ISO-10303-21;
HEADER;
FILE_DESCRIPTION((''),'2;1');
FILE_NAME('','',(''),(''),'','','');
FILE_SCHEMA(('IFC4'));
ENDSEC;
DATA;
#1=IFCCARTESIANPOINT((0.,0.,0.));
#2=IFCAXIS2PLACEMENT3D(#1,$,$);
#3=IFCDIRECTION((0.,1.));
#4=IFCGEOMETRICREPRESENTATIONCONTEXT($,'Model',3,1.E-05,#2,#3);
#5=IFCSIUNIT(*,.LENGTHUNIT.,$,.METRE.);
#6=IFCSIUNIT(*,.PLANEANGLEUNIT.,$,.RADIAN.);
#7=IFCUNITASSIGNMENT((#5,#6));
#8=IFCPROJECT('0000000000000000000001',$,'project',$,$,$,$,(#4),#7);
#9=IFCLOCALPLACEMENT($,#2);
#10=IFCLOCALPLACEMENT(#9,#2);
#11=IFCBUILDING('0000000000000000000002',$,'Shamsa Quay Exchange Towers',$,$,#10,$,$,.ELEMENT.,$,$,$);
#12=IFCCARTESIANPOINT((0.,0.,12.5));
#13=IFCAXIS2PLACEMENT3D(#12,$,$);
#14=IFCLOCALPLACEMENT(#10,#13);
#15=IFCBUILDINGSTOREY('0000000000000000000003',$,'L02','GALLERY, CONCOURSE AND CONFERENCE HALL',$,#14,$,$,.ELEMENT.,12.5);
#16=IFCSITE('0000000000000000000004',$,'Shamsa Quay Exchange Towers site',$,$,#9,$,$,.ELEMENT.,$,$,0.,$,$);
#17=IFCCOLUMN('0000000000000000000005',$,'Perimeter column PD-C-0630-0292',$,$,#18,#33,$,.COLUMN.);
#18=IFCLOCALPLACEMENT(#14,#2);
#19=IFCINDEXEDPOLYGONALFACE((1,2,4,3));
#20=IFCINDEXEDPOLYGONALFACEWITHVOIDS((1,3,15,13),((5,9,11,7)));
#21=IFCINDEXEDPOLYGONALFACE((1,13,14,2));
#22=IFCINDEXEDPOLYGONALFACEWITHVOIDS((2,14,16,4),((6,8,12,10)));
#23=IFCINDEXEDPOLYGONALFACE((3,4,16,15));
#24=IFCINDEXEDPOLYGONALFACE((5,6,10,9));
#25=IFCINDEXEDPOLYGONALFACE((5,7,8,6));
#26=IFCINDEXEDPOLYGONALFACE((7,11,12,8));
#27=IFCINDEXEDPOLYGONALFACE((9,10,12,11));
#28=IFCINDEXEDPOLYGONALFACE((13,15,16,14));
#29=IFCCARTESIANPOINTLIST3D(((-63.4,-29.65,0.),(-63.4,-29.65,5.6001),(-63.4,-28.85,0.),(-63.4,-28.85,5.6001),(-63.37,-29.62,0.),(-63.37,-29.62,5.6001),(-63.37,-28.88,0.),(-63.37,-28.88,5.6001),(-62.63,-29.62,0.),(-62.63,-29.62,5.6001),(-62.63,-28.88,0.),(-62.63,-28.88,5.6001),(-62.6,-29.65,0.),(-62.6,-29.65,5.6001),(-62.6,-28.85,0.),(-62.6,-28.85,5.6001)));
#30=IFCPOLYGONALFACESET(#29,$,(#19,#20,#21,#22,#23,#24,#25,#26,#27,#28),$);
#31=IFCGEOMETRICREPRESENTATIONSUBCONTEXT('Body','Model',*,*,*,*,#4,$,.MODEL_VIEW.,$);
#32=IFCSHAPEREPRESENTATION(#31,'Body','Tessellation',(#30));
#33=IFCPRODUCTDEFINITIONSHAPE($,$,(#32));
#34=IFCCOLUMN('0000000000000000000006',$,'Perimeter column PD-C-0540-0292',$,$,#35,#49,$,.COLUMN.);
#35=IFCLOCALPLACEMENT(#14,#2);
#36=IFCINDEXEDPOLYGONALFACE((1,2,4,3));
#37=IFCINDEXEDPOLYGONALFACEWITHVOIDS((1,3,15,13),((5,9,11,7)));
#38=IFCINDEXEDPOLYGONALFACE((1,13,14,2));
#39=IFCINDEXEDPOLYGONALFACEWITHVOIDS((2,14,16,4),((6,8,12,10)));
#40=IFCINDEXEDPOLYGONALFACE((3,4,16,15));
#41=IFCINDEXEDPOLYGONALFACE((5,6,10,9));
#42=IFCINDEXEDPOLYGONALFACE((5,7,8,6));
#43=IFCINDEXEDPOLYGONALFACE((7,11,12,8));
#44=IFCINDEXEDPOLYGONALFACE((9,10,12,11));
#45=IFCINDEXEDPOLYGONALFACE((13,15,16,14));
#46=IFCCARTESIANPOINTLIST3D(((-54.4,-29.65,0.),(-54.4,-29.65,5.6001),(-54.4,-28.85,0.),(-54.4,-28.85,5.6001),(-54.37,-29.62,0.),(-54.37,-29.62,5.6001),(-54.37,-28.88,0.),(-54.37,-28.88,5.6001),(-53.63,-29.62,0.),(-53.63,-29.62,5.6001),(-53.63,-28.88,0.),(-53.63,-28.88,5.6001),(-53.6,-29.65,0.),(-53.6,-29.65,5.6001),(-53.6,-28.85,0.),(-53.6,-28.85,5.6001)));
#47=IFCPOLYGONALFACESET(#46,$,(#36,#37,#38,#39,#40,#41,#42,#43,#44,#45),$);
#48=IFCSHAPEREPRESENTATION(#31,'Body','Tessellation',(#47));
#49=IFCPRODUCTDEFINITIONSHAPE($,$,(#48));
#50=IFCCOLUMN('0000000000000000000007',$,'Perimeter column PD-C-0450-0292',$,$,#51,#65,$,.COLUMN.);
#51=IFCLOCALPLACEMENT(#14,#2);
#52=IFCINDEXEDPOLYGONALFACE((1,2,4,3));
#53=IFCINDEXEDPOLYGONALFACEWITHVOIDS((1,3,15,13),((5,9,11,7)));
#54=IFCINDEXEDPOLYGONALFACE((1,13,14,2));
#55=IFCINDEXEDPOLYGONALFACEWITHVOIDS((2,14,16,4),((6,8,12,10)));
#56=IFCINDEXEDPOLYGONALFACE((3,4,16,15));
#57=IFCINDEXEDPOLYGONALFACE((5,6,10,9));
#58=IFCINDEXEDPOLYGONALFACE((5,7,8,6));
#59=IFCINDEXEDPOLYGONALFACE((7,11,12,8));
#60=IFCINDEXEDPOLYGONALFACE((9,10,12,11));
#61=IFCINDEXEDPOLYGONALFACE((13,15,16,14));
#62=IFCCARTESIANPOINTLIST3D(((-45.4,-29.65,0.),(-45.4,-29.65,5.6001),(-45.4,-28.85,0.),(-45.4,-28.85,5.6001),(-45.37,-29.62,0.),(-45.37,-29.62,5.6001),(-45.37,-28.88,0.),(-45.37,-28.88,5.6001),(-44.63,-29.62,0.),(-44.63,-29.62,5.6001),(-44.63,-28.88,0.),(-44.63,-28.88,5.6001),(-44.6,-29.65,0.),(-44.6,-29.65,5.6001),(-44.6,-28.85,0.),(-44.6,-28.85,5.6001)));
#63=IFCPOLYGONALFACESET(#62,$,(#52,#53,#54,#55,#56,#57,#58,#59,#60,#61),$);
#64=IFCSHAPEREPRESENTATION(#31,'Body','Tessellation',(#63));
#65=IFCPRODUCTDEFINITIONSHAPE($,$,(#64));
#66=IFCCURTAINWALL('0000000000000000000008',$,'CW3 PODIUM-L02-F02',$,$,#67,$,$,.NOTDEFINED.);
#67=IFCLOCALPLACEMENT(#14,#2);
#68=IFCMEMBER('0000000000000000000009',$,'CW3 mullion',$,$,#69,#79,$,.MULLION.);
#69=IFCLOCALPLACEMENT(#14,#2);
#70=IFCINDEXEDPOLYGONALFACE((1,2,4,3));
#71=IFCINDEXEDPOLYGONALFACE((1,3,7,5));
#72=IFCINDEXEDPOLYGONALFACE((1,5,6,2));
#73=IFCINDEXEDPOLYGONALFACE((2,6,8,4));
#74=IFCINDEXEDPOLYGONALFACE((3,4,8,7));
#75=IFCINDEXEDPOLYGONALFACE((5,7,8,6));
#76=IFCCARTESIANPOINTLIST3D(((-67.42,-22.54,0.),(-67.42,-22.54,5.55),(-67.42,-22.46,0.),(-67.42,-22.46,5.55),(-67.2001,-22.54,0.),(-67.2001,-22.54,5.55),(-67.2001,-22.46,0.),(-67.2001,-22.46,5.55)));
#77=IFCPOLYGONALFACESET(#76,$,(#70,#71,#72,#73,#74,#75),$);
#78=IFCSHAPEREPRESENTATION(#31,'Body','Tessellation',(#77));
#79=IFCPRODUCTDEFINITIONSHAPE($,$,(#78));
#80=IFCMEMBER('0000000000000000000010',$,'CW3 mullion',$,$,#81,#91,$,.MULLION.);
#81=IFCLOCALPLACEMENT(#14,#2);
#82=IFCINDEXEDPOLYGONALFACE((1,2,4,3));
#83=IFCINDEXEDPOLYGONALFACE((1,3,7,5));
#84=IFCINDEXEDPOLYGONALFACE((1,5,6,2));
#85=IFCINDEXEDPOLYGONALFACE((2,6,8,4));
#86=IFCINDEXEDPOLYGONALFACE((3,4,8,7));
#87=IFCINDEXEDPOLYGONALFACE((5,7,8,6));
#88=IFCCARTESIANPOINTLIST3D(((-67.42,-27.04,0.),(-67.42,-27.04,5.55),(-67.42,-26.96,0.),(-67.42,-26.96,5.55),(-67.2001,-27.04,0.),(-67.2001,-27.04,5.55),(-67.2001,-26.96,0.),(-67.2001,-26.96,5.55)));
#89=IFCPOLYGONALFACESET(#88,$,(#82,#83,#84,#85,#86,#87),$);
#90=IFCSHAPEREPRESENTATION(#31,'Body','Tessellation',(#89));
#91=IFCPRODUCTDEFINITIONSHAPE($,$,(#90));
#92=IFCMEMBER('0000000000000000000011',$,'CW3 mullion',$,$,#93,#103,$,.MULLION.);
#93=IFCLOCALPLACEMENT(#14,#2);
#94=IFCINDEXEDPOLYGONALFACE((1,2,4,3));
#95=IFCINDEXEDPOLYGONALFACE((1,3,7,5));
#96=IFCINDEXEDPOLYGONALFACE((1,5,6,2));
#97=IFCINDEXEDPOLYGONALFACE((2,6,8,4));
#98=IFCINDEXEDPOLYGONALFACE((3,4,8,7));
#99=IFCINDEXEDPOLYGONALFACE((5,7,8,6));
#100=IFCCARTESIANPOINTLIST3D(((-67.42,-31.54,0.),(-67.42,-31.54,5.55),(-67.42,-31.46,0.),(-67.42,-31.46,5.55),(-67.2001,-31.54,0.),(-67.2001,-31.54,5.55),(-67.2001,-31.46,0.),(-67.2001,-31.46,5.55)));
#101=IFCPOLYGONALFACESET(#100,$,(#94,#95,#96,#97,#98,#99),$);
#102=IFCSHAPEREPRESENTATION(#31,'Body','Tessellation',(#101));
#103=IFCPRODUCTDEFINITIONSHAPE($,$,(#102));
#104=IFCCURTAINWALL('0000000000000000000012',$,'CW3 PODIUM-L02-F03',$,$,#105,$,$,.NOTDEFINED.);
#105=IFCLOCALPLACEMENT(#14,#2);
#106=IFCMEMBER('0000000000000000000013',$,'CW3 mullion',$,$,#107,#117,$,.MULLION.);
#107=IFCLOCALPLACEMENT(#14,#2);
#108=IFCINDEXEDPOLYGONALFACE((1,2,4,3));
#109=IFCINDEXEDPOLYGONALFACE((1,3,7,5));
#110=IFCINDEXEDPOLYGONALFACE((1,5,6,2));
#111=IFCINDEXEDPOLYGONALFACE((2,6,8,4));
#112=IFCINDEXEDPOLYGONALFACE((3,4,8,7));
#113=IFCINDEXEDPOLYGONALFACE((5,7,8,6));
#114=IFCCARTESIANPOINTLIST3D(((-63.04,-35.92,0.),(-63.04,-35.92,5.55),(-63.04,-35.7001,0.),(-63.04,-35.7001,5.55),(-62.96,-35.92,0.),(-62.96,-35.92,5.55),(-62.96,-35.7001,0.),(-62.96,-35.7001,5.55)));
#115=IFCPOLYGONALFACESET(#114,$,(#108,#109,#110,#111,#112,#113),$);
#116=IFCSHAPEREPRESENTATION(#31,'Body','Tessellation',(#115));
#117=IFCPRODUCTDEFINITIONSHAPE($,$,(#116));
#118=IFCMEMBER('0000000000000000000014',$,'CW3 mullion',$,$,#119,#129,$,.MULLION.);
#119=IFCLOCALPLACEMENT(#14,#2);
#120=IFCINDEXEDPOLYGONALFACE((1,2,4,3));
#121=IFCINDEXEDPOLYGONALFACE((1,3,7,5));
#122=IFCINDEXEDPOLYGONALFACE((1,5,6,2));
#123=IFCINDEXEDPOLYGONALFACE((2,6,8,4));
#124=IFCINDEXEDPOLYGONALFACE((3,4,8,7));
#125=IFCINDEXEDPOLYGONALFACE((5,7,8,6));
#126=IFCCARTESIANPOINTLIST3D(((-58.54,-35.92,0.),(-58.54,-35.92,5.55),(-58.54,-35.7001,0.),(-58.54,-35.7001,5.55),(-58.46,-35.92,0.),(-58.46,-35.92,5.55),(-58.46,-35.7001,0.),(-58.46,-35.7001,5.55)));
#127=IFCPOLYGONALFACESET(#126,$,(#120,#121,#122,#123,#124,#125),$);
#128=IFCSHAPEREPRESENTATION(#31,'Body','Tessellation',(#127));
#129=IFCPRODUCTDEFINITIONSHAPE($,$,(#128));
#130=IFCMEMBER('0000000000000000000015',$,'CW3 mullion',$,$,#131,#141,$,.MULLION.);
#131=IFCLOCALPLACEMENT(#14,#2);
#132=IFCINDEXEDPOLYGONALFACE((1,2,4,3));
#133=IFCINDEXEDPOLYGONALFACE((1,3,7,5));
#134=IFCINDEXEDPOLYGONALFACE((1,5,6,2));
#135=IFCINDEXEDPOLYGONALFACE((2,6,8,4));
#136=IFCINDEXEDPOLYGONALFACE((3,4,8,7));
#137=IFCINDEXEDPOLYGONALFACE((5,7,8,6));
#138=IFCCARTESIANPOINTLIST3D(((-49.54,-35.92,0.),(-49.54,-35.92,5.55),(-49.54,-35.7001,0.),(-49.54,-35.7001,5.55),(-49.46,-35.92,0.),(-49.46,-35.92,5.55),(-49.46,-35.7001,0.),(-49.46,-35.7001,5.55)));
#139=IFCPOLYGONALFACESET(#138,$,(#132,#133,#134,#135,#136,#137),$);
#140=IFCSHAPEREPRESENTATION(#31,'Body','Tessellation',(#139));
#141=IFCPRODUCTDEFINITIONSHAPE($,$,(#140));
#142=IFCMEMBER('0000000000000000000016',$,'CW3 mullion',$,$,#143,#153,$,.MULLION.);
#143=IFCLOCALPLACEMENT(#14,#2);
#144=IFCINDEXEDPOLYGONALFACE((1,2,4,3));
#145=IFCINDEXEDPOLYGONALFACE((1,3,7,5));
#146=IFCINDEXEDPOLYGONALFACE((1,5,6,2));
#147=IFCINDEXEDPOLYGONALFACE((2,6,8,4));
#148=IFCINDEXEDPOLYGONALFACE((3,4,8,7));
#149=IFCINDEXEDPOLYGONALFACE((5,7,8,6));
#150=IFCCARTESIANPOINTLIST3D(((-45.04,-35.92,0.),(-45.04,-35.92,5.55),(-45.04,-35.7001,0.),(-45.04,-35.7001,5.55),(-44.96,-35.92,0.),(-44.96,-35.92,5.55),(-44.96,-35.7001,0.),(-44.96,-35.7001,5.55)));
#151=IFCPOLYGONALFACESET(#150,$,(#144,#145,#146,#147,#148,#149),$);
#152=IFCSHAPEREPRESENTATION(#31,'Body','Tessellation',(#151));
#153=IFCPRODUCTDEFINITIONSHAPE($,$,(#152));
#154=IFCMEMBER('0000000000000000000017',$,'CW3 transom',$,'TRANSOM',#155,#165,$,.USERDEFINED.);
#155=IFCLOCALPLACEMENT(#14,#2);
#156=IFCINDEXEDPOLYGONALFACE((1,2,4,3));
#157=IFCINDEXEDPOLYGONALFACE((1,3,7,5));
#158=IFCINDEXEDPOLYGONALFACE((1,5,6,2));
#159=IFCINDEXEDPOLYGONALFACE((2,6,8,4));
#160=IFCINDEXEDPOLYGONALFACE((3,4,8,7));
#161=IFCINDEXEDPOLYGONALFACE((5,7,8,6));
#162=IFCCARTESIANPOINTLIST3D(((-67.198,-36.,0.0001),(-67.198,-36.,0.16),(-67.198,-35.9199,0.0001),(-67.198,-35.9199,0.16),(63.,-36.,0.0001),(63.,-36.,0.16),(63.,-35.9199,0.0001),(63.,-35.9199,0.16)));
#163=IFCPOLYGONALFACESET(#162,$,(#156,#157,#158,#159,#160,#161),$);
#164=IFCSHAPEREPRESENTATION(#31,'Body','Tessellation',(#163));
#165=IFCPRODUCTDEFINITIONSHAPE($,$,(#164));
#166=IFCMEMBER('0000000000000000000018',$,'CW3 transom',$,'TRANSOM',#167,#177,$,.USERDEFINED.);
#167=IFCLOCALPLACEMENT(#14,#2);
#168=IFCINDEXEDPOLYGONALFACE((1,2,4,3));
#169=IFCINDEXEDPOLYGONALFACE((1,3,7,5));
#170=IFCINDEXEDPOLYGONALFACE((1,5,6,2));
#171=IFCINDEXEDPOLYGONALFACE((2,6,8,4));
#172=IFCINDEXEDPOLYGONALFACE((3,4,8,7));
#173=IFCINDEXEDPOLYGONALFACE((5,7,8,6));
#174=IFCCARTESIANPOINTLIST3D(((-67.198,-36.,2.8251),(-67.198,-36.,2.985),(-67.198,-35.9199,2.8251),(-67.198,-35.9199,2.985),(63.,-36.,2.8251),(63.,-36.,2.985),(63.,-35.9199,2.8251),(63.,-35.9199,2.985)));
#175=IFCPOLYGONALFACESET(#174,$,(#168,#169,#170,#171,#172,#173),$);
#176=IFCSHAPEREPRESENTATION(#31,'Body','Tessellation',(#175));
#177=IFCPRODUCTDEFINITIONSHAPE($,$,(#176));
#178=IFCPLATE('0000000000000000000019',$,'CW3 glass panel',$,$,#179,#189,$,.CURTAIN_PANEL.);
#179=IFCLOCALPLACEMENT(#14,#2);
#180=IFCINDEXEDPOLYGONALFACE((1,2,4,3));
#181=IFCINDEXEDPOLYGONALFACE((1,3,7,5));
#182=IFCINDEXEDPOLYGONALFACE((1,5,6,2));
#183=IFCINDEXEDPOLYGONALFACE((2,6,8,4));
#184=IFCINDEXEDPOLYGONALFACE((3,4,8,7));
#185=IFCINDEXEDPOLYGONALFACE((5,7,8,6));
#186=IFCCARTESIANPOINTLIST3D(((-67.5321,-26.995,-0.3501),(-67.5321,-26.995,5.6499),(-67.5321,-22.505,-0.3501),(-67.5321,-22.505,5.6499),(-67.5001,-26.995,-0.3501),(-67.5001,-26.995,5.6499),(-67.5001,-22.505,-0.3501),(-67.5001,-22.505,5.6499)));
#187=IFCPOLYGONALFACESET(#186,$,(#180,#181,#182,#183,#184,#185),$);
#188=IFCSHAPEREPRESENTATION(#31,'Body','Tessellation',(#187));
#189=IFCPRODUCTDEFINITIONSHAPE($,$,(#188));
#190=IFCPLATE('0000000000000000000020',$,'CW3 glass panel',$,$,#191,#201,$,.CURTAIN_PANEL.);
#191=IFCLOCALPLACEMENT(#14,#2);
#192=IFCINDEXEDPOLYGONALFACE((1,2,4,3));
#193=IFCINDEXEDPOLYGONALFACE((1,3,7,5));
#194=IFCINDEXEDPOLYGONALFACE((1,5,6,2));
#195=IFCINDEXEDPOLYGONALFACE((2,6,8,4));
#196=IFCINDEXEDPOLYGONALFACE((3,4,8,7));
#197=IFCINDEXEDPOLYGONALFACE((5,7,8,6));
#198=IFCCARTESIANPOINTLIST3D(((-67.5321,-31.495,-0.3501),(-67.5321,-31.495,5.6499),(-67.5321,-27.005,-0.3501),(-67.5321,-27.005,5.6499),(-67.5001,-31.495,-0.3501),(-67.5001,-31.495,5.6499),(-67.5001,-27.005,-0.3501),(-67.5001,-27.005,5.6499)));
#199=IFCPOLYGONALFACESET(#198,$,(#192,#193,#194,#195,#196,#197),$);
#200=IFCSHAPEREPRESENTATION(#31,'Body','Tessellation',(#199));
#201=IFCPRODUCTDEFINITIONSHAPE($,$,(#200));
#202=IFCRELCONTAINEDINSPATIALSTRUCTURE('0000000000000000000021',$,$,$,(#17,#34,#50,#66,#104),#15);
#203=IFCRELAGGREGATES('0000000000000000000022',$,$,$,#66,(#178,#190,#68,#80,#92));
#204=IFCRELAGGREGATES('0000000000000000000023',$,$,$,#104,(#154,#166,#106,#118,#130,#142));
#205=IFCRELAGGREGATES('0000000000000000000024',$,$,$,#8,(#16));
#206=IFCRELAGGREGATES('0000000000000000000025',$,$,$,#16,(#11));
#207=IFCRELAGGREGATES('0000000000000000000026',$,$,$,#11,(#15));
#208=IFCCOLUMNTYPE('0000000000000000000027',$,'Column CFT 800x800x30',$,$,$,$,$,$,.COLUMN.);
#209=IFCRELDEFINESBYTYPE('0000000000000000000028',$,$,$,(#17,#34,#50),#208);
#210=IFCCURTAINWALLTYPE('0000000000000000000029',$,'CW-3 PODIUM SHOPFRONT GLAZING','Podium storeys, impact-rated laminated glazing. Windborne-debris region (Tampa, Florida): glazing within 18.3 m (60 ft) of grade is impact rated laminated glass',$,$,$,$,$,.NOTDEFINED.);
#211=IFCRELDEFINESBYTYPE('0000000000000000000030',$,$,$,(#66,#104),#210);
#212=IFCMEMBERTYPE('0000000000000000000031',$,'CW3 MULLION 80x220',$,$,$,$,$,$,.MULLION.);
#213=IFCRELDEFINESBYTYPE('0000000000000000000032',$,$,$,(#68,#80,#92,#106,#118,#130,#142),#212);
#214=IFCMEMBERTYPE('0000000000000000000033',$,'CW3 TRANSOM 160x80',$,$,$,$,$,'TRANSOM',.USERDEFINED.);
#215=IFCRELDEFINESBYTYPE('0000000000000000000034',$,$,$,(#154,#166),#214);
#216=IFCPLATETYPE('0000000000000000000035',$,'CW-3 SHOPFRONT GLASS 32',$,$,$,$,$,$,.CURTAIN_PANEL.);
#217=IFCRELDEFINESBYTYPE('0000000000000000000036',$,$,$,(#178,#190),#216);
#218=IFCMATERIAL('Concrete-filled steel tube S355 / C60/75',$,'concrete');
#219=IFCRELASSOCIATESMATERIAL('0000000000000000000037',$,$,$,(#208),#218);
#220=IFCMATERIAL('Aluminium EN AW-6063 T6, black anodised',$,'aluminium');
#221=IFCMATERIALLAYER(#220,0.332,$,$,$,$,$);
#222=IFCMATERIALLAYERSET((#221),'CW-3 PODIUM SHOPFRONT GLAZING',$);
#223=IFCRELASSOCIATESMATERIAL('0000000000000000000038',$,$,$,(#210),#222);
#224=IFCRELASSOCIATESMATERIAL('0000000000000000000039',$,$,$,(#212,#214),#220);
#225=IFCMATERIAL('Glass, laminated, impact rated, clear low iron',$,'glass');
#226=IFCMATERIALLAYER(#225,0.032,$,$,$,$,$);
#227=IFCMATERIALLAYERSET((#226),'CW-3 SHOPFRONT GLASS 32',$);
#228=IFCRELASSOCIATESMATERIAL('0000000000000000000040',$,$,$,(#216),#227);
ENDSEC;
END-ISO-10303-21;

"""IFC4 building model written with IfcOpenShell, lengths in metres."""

from ifc_helpers import new_model, si_unit, direction, frame, origin, origin_2d, place, context, subcontext, project, spatial, rectangle, hollow_rectangle, extrude, material, layer, layer_set, material_profile, profile_set, type_object, element, aggregate, save


model = new_model("IFC4")

# Units and contexts
model_context = context("Model", 3, precision=1e-05, world=origin(), true_north=direction((0.0, 1.0)))
body_context = subcontext(model_context, "Body", "Model", "MODEL_VIEW")
ifc_project = project(units=[si_unit("LENGTHUNIT", "METRE"), si_unit("PLANEANGLEUNIT", "RADIAN")], contexts=[model_context])

# Site, building, storey
site_placement = place(None, origin())
site = spatial("IfcSite", under=ifc_project, at=site_placement, Name="Shamsa Quay Exchange Towers site", CompositionType="ELEMENT", RefElevation=0.0)
building_placement = place(site_placement, origin())
building = spatial("IfcBuilding", under=site, at=building_placement, Name="Shamsa Quay Exchange Towers", CompositionType="ELEMENT")
storey_placement = place(building_placement, frame((0.0, 0.0, 12.5)))
storey = spatial("IfcBuildingStorey", under=building, at=storey_placement, Name="L02", Description="GALLERY, CONCOURSE AND CONFERENCE HALL", CompositionType="ELEMENT", Elevation=12.5)

# Columns
ifc_material_1 = material(Name="Concrete-filled steel tube S355 / C60/75", Category="concrete")
ifc_material_profile_1 = material_profile(ifc_material_1, hollow_rectangle(XDim=0.8, YDim=0.8, WallThickness=0.03, at=origin_2d()), Name="CFT 800x800x30")
ifc_profile_set_1 = profile_set([ifc_material_profile_1], Name="Concrete-filled steel tube S355 / C60/75")
column_type = type_object("IfcColumnType", Name="Column CFT 800x800x30", PredefinedType="COLUMN", material=ifc_profile_set_1)
for number, where, name in (
    (1, (-63.0, -29.25, 0.0), "Perimeter column PD-C-0630-0292"),
    (2, (-54.0, -29.25, 0.0), "Perimeter column PD-C-0540-0292"),
    (3, (-45.0, -29.25, 0.0), "Perimeter column PD-C-0450-0292"),
):
    element("IfcColumn", number, at=place(storey_placement, frame(where)), inside=storey, type_object=column_type, Name=name, PredefinedType="COLUMN", context=body_context, shape_type="SweptSolid", body=[
        extrude(hollow_rectangle(XDim=0.8, YDim=0.8, WallThickness=0.03, at=origin_2d()), origin(), (0.0, 0.0, 1.0), 5.6001),
    ])

# Curtain walls, members
ifc_material_2 = material(Name="Aluminium EN AW-6063 T6, black anodised", Category="aluminium")
ifc_layer_1 = layer(ifc_material_2, 0.332)
ifc_layer_set_1 = layer_set([ifc_layer_1], Name="CW-3 PODIUM SHOPFRONT GLAZING")
curtain_wall_type = type_object("IfcCurtainWallType", Name="CW-3 PODIUM SHOPFRONT GLAZING", Description="Podium storeys, impact-rated laminated glazing. Windborne-debris region (Tampa, Florida): glazing within 18.3 m (60 ft) of grade is impact rated laminated glass", PredefinedType="NOTDEFINED", material=ifc_layer_set_1)
curtain_wall_1_placement = place(storey_placement, origin())
curtain_wall_1 = element("IfcCurtainWall", 4, at=curtain_wall_1_placement, inside=storey, type_object=curtain_wall_type, Name="CW3 PODIUM-L02-F02", PredefinedType="NOTDEFINED")
ifc_material_profile_2 = material_profile(ifc_material_2, rectangle(XDim=0.22, YDim=0.0801, at=origin_2d()), Name="MU80x220")
ifc_profile_set_2 = profile_set([ifc_material_profile_2], Name="Aluminium EN AW-6063 T6, black anodised")
member_type_1 = type_object("IfcMemberType", Name="CW3 MULLION 80x220", PredefinedType="MULLION", material=ifc_profile_set_2)
member_1_placement = place(storey_placement, frame((-67.3101, -22.5, 0.0)))
member_1 = element("IfcMember", 5, at=member_1_placement, type_object=member_type_1, Name="CW3 mullion", PredefinedType="MULLION", context=body_context, shape_type="SweptSolid", body=[
    extrude(rectangle(XDim=0.22, YDim=0.0801, at=origin_2d()), origin(), (0.0, 0.0, 1.0), 5.55),
])
member_2_placement = place(storey_placement, frame((-67.3101, -27.0, 0.0)))
member_2 = element("IfcMember", 6, at=member_2_placement, type_object=member_type_1, Name="CW3 mullion", PredefinedType="MULLION", context=body_context, shape_type="SweptSolid", body=[
    extrude(rectangle(XDim=0.22, YDim=0.0801, at=origin_2d()), origin(), (0.0, 0.0, 1.0), 5.55),
])
member_3_placement = place(storey_placement, frame((-67.3101, -31.5, 0.0)))
member_3 = element("IfcMember", 7, at=member_3_placement, type_object=member_type_1, Name="CW3 mullion", PredefinedType="MULLION", context=body_context, shape_type="SweptSolid", body=[
    extrude(rectangle(XDim=0.22, YDim=0.0801, at=origin_2d()), origin(), (0.0, 0.0, 1.0), 5.55),
])
curtain_wall_2_placement = place(storey_placement, origin())
curtain_wall_2 = element("IfcCurtainWall", 8, at=curtain_wall_2_placement, inside=storey, type_object=curtain_wall_type, Name="CW3 PODIUM-L02-F03", PredefinedType="NOTDEFINED")
member_4_placement = place(storey_placement, frame((-63.0, -35.8101, 0.0), z_axis=(0.0, 0.0, 1.0), x_axis=(0.0, 1.0, 0.0)))
member_4 = element("IfcMember", 9, at=member_4_placement, type_object=member_type_1, Name="CW3 mullion", PredefinedType="MULLION", context=body_context, shape_type="SweptSolid", body=[
    extrude(rectangle(XDim=0.22, YDim=0.0801, at=origin_2d()), origin(), (0.0, 0.0, 1.0), 5.55),
])
member_5_placement = place(storey_placement, frame((-58.5, -35.8101, 0.0), z_axis=(0.0, 0.0, 1.0), x_axis=(0.0, 1.0, 0.0)))
member_5 = element("IfcMember", 10, at=member_5_placement, type_object=member_type_1, Name="CW3 mullion", PredefinedType="MULLION", context=body_context, shape_type="SweptSolid", body=[
    extrude(rectangle(XDim=0.22, YDim=0.0801, at=origin_2d()), origin(), (0.0, 0.0, 1.0), 5.55),
])
member_6_placement = place(storey_placement, frame((-49.5, -35.8101, 0.0), z_axis=(0.0, 0.0, 1.0), x_axis=(0.0, 1.0, 0.0)))
member_6 = element("IfcMember", 11, at=member_6_placement, type_object=member_type_1, Name="CW3 mullion", PredefinedType="MULLION", context=body_context, shape_type="SweptSolid", body=[
    extrude(rectangle(XDim=0.22, YDim=0.0801, at=origin_2d()), origin(), (0.0, 0.0, 1.0), 5.55),
])
member_7_placement = place(storey_placement, frame((-45.0, -35.8101, 0.0), z_axis=(0.0, 0.0, 1.0), x_axis=(0.0, 1.0, 0.0)))
member_7 = element("IfcMember", 12, at=member_7_placement, type_object=member_type_1, Name="CW3 mullion", PredefinedType="MULLION", context=body_context, shape_type="SweptSolid", body=[
    extrude(rectangle(XDim=0.22, YDim=0.0801, at=origin_2d()), origin(), (0.0, 0.0, 1.0), 5.55),
])
ifc_material_profile_3 = material_profile(ifc_material_2, rectangle(XDim=0.0801, YDim=0.1599, at=origin_2d()), Name="TR160x80")
ifc_profile_set_3 = profile_set([ifc_material_profile_3], Name="Aluminium EN AW-6063 T6, black anodised")
member_type_2 = type_object("IfcMemberType", Name="CW3 TRANSOM 160x80", ElementType="TRANSOM", PredefinedType="USERDEFINED", material=ifc_profile_set_3)
member_8_placement = place(storey_placement, frame((-67.198, -35.96, 0.0801), z_axis=(1.0, 0.0, 0.0), x_axis=(0.0, 1.0, 0.0)))
member_8 = element("IfcMember", 13, at=member_8_placement, type_object=member_type_2, Name="CW3 transom", ObjectType="TRANSOM", PredefinedType="USERDEFINED", context=body_context, shape_type="SweptSolid", body=[
    extrude(rectangle(XDim=0.0801, YDim=0.1599, at=origin_2d()), origin(), (0.0, 0.0, 1.0), 130.198),
])
member_9_placement = place(storey_placement, frame((-67.198, -35.96, 2.905), z_axis=(1.0, 0.0, 0.0), x_axis=(0.0, 1.0, 0.0)))
member_9 = element("IfcMember", 14, at=member_9_placement, type_object=member_type_2, Name="CW3 transom", ObjectType="TRANSOM", PredefinedType="USERDEFINED", context=body_context, shape_type="SweptSolid", body=[
    extrude(rectangle(XDim=0.0801, YDim=0.1599, at=origin_2d()), origin(), (0.0, 0.0, 1.0), 130.198),
])

# Plates
ifc_material_3 = material(Name="Glass, laminated, impact rated, clear low iron", Category="glass")
ifc_layer_2 = layer(ifc_material_3, 0.032)
ifc_layer_set_2 = layer_set([ifc_layer_2], Name="CW-3 SHOPFRONT GLASS 32")
plate_type = type_object("IfcPlateType", Name="CW-3 SHOPFRONT GLASS 32", PredefinedType="CURTAIN_PANEL", material=ifc_layer_set_2)
plate_1_placement = place(storey_placement, frame((-67.5161, -24.75, -0.3501), z_axis=(0.0, 0.0, 1.0), x_axis=(0.0, -1.0, 0.0)))
plate_1 = element("IfcPlate", 15, at=plate_1_placement, type_object=plate_type, Name="CW3 glass panel", PredefinedType="CURTAIN_PANEL", context=body_context, shape_type="SweptSolid", body=[
    extrude(rectangle(XDim=4.49, YDim=0.032, at=origin_2d()), origin(), (0.0, 0.0, 1.0), 6.0),
])
plate_2_placement = place(storey_placement, frame((-67.5161, -29.25, -0.3501), z_axis=(0.0, 0.0, 1.0), x_axis=(0.0, -1.0, 0.0)))
plate_2 = element("IfcPlate", 16, at=plate_2_placement, type_object=plate_type, Name="CW3 glass panel", PredefinedType="CURTAIN_PANEL", context=body_context, shape_type="SweptSolid", body=[
    extrude(rectangle(XDim=4.49, YDim=0.032, at=origin_2d()), origin(), (0.0, 0.0, 1.0), 6.0),
])
aggregate(curtain_wall_1, [plate_1, plate_2, member_1, member_2, member_3])
aggregate(curtain_wall_2, [member_8, member_9, member_4, member_5, member_6, member_7])

save(model, "model.ifc")
